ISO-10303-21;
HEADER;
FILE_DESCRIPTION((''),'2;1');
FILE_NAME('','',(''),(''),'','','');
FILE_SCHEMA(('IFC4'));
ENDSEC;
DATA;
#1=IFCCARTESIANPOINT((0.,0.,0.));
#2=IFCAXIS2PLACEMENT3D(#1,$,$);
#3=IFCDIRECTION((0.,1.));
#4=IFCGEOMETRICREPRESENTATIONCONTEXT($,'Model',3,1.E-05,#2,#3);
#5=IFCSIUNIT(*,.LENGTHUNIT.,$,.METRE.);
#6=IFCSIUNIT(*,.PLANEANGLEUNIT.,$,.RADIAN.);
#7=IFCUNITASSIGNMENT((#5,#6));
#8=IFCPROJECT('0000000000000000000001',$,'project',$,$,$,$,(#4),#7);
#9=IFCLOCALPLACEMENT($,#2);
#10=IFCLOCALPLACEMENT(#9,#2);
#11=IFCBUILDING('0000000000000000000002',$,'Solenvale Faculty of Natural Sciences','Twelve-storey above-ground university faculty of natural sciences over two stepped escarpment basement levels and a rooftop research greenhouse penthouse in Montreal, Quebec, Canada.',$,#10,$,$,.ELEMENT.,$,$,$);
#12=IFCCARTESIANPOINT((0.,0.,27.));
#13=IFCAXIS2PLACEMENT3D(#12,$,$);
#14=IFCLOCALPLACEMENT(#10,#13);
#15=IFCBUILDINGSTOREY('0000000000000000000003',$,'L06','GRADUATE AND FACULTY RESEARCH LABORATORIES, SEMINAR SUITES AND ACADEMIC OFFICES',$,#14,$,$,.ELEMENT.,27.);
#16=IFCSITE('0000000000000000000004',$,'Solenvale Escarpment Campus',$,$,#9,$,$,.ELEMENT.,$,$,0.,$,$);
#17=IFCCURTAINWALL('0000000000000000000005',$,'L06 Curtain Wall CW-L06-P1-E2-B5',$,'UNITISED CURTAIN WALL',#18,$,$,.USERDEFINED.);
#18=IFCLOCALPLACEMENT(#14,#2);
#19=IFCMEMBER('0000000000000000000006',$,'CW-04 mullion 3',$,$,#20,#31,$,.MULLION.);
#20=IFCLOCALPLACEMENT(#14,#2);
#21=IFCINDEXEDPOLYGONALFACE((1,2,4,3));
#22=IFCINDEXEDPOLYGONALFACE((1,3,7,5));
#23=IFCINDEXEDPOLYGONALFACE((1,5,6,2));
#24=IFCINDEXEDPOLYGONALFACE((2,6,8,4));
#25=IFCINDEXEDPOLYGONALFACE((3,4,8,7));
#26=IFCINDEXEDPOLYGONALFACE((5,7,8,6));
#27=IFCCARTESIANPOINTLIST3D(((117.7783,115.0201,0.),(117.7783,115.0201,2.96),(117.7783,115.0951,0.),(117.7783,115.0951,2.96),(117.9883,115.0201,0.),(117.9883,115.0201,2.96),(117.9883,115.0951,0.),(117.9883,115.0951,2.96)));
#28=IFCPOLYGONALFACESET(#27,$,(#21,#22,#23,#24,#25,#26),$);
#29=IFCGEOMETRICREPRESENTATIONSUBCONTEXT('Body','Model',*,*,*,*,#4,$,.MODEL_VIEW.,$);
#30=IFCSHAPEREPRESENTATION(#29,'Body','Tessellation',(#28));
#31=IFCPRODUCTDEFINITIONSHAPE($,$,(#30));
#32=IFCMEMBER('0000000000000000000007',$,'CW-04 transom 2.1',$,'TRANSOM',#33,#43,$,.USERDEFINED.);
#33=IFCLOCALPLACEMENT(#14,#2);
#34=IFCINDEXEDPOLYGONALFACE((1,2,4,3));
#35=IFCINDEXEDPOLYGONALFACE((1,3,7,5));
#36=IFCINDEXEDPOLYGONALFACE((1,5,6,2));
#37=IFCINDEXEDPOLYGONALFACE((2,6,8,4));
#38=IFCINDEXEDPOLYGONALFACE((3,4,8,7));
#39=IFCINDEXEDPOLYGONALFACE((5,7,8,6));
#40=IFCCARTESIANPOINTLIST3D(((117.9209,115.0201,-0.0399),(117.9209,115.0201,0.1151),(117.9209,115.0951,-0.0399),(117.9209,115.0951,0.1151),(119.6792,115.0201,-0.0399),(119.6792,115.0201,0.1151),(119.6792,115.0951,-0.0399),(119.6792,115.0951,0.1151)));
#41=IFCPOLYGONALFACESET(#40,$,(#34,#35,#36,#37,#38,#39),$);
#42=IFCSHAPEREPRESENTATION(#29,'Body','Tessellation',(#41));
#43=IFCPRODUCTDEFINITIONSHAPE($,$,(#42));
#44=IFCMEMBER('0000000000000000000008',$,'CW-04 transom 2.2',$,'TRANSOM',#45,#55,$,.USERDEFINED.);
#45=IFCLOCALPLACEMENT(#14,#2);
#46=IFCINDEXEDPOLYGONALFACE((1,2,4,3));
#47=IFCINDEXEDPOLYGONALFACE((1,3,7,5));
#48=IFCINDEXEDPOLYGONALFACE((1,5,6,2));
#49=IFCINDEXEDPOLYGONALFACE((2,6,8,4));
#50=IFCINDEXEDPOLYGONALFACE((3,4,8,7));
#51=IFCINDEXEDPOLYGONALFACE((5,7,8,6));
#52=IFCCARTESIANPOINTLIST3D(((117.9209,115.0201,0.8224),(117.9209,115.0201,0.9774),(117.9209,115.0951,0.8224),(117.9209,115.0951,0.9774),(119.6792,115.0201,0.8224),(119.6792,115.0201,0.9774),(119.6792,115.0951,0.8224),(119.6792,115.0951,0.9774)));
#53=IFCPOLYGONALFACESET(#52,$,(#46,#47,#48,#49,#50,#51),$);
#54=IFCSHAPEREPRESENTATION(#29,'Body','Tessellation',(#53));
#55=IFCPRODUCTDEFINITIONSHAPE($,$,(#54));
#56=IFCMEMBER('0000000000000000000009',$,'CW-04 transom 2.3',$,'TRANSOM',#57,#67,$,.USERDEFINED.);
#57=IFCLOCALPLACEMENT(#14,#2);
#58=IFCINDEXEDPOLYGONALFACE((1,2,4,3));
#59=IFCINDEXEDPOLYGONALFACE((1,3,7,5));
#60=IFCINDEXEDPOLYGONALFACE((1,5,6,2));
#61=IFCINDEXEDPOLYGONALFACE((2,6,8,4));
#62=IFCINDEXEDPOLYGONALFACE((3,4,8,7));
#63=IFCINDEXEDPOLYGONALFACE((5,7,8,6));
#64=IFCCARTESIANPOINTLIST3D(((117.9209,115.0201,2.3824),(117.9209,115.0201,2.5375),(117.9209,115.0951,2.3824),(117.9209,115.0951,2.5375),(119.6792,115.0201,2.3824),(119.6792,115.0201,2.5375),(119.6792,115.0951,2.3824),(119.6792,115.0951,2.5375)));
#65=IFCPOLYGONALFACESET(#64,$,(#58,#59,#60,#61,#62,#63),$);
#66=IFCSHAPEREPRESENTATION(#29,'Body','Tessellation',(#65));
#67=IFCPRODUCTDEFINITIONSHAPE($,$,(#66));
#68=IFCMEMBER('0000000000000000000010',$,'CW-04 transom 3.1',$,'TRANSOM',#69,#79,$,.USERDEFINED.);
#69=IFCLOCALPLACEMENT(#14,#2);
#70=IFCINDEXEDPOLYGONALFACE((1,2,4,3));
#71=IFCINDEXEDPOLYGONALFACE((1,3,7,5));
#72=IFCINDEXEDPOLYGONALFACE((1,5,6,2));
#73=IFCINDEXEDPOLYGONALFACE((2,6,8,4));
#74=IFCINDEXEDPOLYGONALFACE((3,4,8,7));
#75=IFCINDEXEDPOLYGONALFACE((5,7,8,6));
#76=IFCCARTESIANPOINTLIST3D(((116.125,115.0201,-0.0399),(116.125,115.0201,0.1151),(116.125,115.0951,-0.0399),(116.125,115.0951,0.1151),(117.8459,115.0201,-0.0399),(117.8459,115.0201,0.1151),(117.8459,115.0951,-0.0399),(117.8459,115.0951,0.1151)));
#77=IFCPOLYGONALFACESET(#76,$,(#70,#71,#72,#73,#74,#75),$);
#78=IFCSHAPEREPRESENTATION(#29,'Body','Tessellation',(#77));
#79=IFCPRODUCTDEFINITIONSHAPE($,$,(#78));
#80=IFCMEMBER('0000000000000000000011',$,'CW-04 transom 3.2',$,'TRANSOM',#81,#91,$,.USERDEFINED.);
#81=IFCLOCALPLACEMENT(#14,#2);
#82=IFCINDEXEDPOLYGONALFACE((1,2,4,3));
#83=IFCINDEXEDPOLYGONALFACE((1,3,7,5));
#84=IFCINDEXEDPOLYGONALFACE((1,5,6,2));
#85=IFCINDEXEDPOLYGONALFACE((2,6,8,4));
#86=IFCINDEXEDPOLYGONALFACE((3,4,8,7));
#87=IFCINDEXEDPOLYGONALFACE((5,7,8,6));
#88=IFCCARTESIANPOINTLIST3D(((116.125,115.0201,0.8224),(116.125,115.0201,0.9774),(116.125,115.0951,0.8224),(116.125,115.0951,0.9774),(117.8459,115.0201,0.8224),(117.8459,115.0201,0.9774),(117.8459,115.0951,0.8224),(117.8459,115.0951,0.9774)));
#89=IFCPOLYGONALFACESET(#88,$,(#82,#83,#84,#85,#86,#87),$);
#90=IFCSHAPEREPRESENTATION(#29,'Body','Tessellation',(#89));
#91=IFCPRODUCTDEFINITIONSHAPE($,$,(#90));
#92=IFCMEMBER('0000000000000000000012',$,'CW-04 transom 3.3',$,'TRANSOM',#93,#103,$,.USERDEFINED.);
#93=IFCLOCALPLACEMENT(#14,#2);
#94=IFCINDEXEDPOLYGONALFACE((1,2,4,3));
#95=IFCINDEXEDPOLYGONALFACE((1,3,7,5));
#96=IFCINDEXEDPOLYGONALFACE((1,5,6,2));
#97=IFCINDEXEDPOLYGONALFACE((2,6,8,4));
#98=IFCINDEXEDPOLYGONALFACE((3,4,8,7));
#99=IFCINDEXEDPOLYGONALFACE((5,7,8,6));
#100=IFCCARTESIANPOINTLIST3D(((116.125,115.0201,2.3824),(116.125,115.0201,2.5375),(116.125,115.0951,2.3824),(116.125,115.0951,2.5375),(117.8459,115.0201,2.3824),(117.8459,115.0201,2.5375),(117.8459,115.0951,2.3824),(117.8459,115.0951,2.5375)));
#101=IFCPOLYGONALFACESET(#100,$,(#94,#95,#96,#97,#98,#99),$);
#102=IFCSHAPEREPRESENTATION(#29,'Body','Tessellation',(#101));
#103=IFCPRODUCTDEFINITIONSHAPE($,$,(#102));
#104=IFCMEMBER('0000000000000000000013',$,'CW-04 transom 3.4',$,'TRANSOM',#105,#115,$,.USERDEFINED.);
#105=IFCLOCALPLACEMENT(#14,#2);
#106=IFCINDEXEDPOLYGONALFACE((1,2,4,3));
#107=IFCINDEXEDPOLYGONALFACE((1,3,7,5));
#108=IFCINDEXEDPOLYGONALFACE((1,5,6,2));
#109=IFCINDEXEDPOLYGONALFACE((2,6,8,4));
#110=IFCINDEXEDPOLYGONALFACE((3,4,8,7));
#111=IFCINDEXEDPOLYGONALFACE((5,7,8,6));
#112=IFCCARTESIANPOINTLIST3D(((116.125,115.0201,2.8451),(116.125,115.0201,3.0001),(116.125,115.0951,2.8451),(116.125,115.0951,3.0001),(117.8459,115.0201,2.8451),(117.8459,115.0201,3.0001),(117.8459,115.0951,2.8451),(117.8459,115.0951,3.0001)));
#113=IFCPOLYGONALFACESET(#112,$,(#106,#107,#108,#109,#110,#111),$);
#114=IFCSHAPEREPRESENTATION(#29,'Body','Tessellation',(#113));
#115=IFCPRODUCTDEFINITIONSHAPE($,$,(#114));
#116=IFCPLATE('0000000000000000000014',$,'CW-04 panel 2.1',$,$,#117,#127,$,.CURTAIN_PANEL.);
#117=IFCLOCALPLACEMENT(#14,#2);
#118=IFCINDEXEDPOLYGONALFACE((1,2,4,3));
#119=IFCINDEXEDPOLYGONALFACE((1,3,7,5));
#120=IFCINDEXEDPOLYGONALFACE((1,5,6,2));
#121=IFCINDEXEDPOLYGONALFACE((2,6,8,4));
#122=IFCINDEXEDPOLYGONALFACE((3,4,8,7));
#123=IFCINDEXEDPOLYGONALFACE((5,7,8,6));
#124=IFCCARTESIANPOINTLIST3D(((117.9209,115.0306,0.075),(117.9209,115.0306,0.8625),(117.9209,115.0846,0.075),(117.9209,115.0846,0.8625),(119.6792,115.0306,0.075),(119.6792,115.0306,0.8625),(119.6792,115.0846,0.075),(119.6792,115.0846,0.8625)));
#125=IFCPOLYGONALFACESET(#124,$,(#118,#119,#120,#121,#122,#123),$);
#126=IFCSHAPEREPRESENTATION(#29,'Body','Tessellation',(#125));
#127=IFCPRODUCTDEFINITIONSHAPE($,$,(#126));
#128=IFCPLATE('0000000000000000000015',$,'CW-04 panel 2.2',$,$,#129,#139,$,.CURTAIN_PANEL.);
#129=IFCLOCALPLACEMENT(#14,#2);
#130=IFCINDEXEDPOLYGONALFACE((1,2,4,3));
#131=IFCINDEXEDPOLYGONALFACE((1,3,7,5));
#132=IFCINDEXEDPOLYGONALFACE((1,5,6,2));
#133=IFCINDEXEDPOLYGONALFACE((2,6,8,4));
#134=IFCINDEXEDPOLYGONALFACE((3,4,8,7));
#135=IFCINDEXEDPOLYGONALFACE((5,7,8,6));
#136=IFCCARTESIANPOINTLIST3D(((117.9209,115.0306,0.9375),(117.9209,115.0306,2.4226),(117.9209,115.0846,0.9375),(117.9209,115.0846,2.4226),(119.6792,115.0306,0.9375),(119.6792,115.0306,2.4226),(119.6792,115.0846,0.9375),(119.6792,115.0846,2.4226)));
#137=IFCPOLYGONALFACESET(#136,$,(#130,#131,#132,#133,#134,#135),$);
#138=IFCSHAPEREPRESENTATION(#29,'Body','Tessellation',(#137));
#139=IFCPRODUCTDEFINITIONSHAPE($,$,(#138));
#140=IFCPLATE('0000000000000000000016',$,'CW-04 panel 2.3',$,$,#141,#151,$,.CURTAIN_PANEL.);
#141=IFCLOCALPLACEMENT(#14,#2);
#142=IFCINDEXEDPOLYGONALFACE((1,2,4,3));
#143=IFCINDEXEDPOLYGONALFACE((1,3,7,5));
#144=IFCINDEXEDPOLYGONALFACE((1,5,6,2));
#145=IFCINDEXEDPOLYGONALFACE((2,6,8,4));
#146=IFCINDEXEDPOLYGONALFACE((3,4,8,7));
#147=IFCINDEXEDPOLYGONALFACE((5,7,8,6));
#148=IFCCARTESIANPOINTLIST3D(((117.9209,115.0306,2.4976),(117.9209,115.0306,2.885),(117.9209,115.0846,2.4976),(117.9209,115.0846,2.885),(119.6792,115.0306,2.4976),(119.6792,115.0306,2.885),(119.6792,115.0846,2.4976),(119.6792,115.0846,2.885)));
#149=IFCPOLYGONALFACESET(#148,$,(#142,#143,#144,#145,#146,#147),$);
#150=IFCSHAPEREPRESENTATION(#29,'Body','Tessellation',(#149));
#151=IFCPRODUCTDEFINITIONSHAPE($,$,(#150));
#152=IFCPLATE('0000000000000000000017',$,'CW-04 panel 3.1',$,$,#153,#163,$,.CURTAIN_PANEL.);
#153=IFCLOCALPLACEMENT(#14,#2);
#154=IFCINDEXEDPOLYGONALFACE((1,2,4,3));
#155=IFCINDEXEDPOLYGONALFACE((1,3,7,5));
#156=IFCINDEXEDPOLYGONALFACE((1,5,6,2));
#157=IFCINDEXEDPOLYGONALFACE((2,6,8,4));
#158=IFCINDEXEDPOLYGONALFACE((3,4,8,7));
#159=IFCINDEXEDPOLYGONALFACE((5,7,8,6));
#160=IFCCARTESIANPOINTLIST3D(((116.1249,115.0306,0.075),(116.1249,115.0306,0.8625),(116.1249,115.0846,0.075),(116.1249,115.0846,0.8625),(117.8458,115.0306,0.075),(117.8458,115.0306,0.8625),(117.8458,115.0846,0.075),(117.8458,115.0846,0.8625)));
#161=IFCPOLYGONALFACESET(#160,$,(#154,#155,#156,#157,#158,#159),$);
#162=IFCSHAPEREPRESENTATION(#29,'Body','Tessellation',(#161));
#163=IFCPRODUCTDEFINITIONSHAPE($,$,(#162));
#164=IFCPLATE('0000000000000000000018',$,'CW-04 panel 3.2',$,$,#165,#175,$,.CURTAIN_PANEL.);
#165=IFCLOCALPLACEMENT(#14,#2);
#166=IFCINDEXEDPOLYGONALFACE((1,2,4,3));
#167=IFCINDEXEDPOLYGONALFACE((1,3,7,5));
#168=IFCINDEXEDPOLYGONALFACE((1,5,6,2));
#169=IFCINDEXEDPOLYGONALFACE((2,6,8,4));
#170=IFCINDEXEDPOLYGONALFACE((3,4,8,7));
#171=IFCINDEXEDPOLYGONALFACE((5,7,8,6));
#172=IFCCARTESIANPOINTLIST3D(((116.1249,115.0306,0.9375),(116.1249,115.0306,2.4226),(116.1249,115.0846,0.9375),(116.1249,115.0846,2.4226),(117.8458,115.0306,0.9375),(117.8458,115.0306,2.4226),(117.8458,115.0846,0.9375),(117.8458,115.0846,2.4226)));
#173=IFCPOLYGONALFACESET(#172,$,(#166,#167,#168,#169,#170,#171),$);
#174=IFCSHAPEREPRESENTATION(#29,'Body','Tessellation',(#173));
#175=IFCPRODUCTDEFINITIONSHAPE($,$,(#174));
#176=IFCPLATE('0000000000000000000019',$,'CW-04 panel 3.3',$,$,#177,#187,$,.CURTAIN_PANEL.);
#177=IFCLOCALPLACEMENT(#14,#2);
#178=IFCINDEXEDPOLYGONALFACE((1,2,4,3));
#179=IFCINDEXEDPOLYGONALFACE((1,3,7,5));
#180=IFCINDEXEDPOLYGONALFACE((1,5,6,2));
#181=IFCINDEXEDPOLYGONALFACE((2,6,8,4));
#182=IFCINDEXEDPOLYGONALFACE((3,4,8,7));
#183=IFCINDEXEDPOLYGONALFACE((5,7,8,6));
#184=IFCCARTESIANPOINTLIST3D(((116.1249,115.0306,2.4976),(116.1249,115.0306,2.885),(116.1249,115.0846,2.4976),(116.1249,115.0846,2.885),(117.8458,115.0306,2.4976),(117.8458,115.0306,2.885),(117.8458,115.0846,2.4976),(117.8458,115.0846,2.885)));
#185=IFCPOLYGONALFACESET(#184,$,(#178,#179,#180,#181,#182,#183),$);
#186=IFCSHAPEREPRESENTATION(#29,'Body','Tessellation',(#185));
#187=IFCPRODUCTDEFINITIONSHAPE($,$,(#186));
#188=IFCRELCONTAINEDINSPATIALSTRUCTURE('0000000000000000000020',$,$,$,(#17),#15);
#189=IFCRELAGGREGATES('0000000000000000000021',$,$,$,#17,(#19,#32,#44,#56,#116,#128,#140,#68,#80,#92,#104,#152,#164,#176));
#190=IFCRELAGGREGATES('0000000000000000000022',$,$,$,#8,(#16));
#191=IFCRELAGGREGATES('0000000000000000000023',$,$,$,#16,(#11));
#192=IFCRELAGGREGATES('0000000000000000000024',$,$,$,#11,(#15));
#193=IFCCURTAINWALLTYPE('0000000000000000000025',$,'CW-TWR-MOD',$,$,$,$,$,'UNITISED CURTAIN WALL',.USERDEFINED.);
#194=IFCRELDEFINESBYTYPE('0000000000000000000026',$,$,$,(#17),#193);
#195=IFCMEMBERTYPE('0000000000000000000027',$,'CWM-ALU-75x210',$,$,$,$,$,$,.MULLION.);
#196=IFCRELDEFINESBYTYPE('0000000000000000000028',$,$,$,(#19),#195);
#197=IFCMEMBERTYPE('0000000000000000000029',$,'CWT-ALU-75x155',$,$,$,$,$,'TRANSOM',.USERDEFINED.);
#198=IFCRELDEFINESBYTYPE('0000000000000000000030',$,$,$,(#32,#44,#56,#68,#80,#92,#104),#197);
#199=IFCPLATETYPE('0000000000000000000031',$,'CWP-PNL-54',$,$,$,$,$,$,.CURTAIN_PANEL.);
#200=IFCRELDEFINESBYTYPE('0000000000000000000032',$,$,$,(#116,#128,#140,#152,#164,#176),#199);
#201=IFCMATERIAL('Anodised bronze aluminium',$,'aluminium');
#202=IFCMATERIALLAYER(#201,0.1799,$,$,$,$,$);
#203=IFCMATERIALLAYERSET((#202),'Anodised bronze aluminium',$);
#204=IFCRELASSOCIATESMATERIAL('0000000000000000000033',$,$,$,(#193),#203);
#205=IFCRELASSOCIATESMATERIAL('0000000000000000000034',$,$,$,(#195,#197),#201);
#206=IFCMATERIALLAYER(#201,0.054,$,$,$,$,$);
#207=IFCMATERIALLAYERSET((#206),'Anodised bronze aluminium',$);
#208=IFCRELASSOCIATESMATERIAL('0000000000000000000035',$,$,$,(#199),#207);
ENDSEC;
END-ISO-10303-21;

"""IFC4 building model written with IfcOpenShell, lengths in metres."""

from ifc_helpers import new_model, si_unit, direction, frame, origin, origin_2d, place, context, subcontext, project, spatial, rectangle, extrude, material, layer, layer_set, material_profile, profile_set, type_object, element, aggregate, save


model = new_model("IFC4")

# Units and contexts
model_context = context("Model", 3, precision=1e-05, world=origin(), true_north=direction((0.0, 1.0)))
body_context = subcontext(model_context, "Body", "Model", "MODEL_VIEW")
ifc_project = project(units=[si_unit("LENGTHUNIT", "METRE"), si_unit("PLANEANGLEUNIT", "RADIAN")], contexts=[model_context])

# Site, building, storey
site_placement = place(None, origin())
site = spatial("IfcSite", under=ifc_project, at=site_placement, Name="Solenvale Escarpment Campus", CompositionType="ELEMENT", RefElevation=0.0)
building_placement = place(site_placement, origin())
building = spatial("IfcBuilding", under=site, at=building_placement, Name="Solenvale Faculty of Natural Sciences", Description="Twelve-storey above-ground university faculty of natural sciences over two stepped escarpment basement levels and a rooftop research greenhouse penthouse in Montreal, Quebec, Canada.", CompositionType="ELEMENT")
storey_placement = place(building_placement, frame((0.0, 0.0, 27.0)))
storey = spatial("IfcBuildingStorey", under=building, at=storey_placement, Name="L06", Description="GRADUATE AND FACULTY RESEARCH LABORATORIES, SEMINAR SUITES AND ACADEMIC OFFICES", CompositionType="ELEMENT", Elevation=27.0)

# Curtain wall, members, plates
ifc_material_1 = material(Name="Anodised bronze aluminium", Category="aluminium")
ifc_layer_1 = layer(ifc_material_1, 0.1799)
ifc_layer_set_1 = layer_set([ifc_layer_1], Name="Anodised bronze aluminium")
curtain_wall_type = type_object("IfcCurtainWallType", Name="CW-TWR-MOD", ElementType="UNITISED CURTAIN WALL", PredefinedType="USERDEFINED", material=ifc_layer_set_1)
curtain_wall_placement = place(storey_placement, origin())
curtain_wall = element("IfcCurtainWall", 1, at=curtain_wall_placement, inside=storey, type_object=curtain_wall_type, Name="L06 Curtain Wall CW-L06-P1-E2-B5", ObjectType="UNITISED CURTAIN WALL", PredefinedType="USERDEFINED")
ifc_material_profile_1 = material_profile(ifc_material_1, rectangle(XDim=0.075, YDim=0.21, at=origin_2d()), Name="ALU-MUL-75x210")
ifc_profile_set_1 = profile_set([ifc_material_profile_1], Name="Anodised bronze aluminium")
member_type_1 = type_object("IfcMemberType", Name="CWM-ALU-75x210", PredefinedType="MULLION", material=ifc_profile_set_1)
member_1_placement = place(storey_placement, frame((117.8833, 115.0576, 0.0), z_axis=(0.0, 0.0, 1.0), x_axis=(0.0, -1.0, 0.0)))
member_1 = element("IfcMember", 2, at=member_1_placement, type_object=member_type_1, Name="CW-04 mullion 3", PredefinedType="MULLION", context=body_context, shape_type="SweptSolid", body=[
    extrude(rectangle(XDim=0.075, YDim=0.21, at=origin_2d()), origin(), (0.0, 0.0, 1.0), 2.96),
])
ifc_material_profile_2 = material_profile(ifc_material_1, rectangle(XDim=0.075, YDim=0.155, at=origin_2d()), Name="ALU-TRN-75x155")
ifc_profile_set_2 = profile_set([ifc_material_profile_2], Name="Anodised bronze aluminium")
member_type_2 = type_object("IfcMemberType", Name="CWT-ALU-75x155", ElementType="TRANSOM", PredefinedType="USERDEFINED", material=ifc_profile_set_2)
member_2_placement = place(storey_placement, frame((119.6792, 115.0576, 0.0376), z_axis=(-1.0, 0.0, 0.0), x_axis=(0.0, -1.0, 0.0)))
member_2 = element("IfcMember", 3, at=member_2_placement, type_object=member_type_2, Name="CW-04 transom 2.1", ObjectType="TRANSOM", PredefinedType="USERDEFINED", context=body_context, shape_type="SweptSolid", body=[
    extrude(rectangle(XDim=0.075, YDim=0.155, at=origin_2d()), origin(), (0.0, 0.0, 1.0), 1.7583),
])
member_3_placement = place(storey_placement, frame((119.6792, 115.0576, 0.8999), z_axis=(-1.0, 0.0, 0.0), x_axis=(0.0, -1.0, 0.0)))
member_3 = element("IfcMember", 4, at=member_3_placement, type_object=member_type_2, Name="CW-04 transom 2.2", ObjectType="TRANSOM", PredefinedType="USERDEFINED", context=body_context, shape_type="SweptSolid", body=[
    extrude(rectangle(XDim=0.075, YDim=0.155, at=origin_2d()), origin(), (0.0, 0.0, 1.0), 1.7583),
])
member_4_placement = place(storey_placement, frame((119.6792, 115.0576, 2.46), z_axis=(-1.0, 0.0, 0.0), x_axis=(0.0, -1.0, 0.0)))
member_4 = element("IfcMember", 5, at=member_4_placement, type_object=member_type_2, Name="CW-04 transom 2.3", ObjectType="TRANSOM", PredefinedType="USERDEFINED", context=body_context, shape_type="SweptSolid", body=[
    extrude(rectangle(XDim=0.075, YDim=0.155, at=origin_2d()), origin(), (0.0, 0.0, 1.0), 1.7583),
])
member_5_placement = place(storey_placement, frame((117.8459, 115.0576, 0.0376), z_axis=(-1.0, 0.0, 0.0), x_axis=(0.0, -1.0, 0.0)))
member_5 = element("IfcMember", 6, at=member_5_placement, type_object=member_type_2, Name="CW-04 transom 3.1", ObjectType="TRANSOM", PredefinedType="USERDEFINED", context=body_context, shape_type="SweptSolid", body=[
    extrude(rectangle(XDim=0.075, YDim=0.155, at=origin_2d()), origin(), (0.0, 0.0, 1.0), 1.7209),
])
member_6_placement = place(storey_placement, frame((117.8459, 115.0576, 0.8999), z_axis=(-1.0, 0.0, 0.0), x_axis=(0.0, -1.0, 0.0)))
member_6 = element("IfcMember", 7, at=member_6_placement, type_object=member_type_2, Name="CW-04 transom 3.2", ObjectType="TRANSOM", PredefinedType="USERDEFINED", context=body_context, shape_type="SweptSolid", body=[
    extrude(rectangle(XDim=0.075, YDim=0.155, at=origin_2d()), origin(), (0.0, 0.0, 1.0), 1.7209),
])
member_7_placement = place(storey_placement, frame((117.8459, 115.0576, 2.46), z_axis=(-1.0, 0.0, 0.0), x_axis=(0.0, -1.0, 0.0)))
member_7 = element("IfcMember", 8, at=member_7_placement, type_object=member_type_2, Name="CW-04 transom 3.3", ObjectType="TRANSOM", PredefinedType="USERDEFINED", context=body_context, shape_type="SweptSolid", body=[
    extrude(rectangle(XDim=0.075, YDim=0.155, at=origin_2d()), origin(), (0.0, 0.0, 1.0), 1.7209),
])
member_8_placement = place(storey_placement, frame((117.8459, 115.0576, 2.9226), z_axis=(-1.0, 0.0, 0.0), x_axis=(0.0, -1.0, 0.0)))
member_8 = element("IfcMember", 9, at=member_8_placement, type_object=member_type_2, Name="CW-04 transom 3.4", ObjectType="TRANSOM", PredefinedType="USERDEFINED", context=body_context, shape_type="SweptSolid", body=[
    extrude(rectangle(XDim=0.075, YDim=0.155, at=origin_2d()), origin(), (0.0, 0.0, 1.0), 1.7209),
])
ifc_layer_2 = layer(ifc_material_1, 0.054)
ifc_layer_set_2 = layer_set([ifc_layer_2], Name="Anodised bronze aluminium")
plate_type = type_object("IfcPlateType", Name="CWP-PNL-54", PredefinedType="CURTAIN_PANEL", material=ifc_layer_set_2)
plate_1_placement = place(storey_placement, frame((118.8, 115.0576, 0.075), z_axis=(0.0, 0.0, 1.0), x_axis=(-1.0, 0.0, 0.0)))
plate_1 = element("IfcPlate", 10, at=plate_1_placement, type_object=plate_type, Name="CW-04 panel 2.1", PredefinedType="CURTAIN_PANEL", context=body_context, shape_type="SweptSolid", body=[
    extrude(rectangle(XDim=1.7583, YDim=0.054, at=origin_2d()), origin(), (0.0, 0.0, 1.0), 0.7876),
])
plate_2_placement = place(storey_placement, frame((118.8, 115.0576, 0.9375), z_axis=(0.0, 0.0, 1.0), x_axis=(-1.0, 0.0, 0.0)))
plate_2 = element("IfcPlate", 11, at=plate_2_placement, type_object=plate_type, Name="CW-04 panel 2.2", PredefinedType="CURTAIN_PANEL", context=body_context, shape_type="SweptSolid", body=[
    extrude(rectangle(XDim=1.7583, YDim=0.054, at=origin_2d()), origin(), (0.0, 0.0, 1.0), 1.4851),
])
plate_3_placement = place(storey_placement, frame((118.8, 115.0576, 2.4976), z_axis=(0.0, 0.0, 1.0), x_axis=(-1.0, 0.0, 0.0)))
plate_3 = element("IfcPlate", 12, at=plate_3_placement, type_object=plate_type, Name="CW-04 panel 2.3", PredefinedType="CURTAIN_PANEL", context=body_context, shape_type="SweptSolid", body=[
    extrude(rectangle(XDim=1.7583, YDim=0.054, at=origin_2d()), origin(), (0.0, 0.0, 1.0), 0.3875),
])
plate_4_placement = place(storey_placement, frame((116.9854, 115.0576, 0.075), z_axis=(0.0, 0.0, 1.0), x_axis=(-1.0, 0.0, 0.0)))
plate_4 = element("IfcPlate", 13, at=plate_4_placement, type_object=plate_type, Name="CW-04 panel 3.1", PredefinedType="CURTAIN_PANEL", context=body_context, shape_type="SweptSolid", body=[
    extrude(rectangle(XDim=1.7209, YDim=0.054, at=origin_2d()), origin(), (0.0, 0.0, 1.0), 0.7876),
])
plate_5_placement = place(storey_placement, frame((116.9854, 115.0576, 0.9375), z_axis=(0.0, 0.0, 1.0), x_axis=(-1.0, 0.0, 0.0)))
plate_5 = element("IfcPlate", 14, at=plate_5_placement, type_object=plate_type, Name="CW-04 panel 3.2", PredefinedType="CURTAIN_PANEL", context=body_context, shape_type="SweptSolid", body=[
    extrude(rectangle(XDim=1.7209, YDim=0.054, at=origin_2d()), origin(), (0.0, 0.0, 1.0), 1.4851),
])
plate_6_placement = place(storey_placement, frame((116.9854, 115.0576, 2.4976), z_axis=(0.0, 0.0, 1.0), x_axis=(-1.0, 0.0, 0.0)))
plate_6 = element("IfcPlate", 15, at=plate_6_placement, type_object=plate_type, Name="CW-04 panel 3.3", PredefinedType="CURTAIN_PANEL", context=body_context, shape_type="SweptSolid", body=[
    extrude(rectangle(XDim=1.7209, YDim=0.054, at=origin_2d()), origin(), (0.0, 0.0, 1.0), 0.3875),
])
aggregate(curtain_wall, [member_1, member_2, member_3, member_4, plate_1, plate_2, plate_3, member_5, member_6, member_7, member_8, plate_4, plate_5, plate_6])

save(model, "model.ifc")
